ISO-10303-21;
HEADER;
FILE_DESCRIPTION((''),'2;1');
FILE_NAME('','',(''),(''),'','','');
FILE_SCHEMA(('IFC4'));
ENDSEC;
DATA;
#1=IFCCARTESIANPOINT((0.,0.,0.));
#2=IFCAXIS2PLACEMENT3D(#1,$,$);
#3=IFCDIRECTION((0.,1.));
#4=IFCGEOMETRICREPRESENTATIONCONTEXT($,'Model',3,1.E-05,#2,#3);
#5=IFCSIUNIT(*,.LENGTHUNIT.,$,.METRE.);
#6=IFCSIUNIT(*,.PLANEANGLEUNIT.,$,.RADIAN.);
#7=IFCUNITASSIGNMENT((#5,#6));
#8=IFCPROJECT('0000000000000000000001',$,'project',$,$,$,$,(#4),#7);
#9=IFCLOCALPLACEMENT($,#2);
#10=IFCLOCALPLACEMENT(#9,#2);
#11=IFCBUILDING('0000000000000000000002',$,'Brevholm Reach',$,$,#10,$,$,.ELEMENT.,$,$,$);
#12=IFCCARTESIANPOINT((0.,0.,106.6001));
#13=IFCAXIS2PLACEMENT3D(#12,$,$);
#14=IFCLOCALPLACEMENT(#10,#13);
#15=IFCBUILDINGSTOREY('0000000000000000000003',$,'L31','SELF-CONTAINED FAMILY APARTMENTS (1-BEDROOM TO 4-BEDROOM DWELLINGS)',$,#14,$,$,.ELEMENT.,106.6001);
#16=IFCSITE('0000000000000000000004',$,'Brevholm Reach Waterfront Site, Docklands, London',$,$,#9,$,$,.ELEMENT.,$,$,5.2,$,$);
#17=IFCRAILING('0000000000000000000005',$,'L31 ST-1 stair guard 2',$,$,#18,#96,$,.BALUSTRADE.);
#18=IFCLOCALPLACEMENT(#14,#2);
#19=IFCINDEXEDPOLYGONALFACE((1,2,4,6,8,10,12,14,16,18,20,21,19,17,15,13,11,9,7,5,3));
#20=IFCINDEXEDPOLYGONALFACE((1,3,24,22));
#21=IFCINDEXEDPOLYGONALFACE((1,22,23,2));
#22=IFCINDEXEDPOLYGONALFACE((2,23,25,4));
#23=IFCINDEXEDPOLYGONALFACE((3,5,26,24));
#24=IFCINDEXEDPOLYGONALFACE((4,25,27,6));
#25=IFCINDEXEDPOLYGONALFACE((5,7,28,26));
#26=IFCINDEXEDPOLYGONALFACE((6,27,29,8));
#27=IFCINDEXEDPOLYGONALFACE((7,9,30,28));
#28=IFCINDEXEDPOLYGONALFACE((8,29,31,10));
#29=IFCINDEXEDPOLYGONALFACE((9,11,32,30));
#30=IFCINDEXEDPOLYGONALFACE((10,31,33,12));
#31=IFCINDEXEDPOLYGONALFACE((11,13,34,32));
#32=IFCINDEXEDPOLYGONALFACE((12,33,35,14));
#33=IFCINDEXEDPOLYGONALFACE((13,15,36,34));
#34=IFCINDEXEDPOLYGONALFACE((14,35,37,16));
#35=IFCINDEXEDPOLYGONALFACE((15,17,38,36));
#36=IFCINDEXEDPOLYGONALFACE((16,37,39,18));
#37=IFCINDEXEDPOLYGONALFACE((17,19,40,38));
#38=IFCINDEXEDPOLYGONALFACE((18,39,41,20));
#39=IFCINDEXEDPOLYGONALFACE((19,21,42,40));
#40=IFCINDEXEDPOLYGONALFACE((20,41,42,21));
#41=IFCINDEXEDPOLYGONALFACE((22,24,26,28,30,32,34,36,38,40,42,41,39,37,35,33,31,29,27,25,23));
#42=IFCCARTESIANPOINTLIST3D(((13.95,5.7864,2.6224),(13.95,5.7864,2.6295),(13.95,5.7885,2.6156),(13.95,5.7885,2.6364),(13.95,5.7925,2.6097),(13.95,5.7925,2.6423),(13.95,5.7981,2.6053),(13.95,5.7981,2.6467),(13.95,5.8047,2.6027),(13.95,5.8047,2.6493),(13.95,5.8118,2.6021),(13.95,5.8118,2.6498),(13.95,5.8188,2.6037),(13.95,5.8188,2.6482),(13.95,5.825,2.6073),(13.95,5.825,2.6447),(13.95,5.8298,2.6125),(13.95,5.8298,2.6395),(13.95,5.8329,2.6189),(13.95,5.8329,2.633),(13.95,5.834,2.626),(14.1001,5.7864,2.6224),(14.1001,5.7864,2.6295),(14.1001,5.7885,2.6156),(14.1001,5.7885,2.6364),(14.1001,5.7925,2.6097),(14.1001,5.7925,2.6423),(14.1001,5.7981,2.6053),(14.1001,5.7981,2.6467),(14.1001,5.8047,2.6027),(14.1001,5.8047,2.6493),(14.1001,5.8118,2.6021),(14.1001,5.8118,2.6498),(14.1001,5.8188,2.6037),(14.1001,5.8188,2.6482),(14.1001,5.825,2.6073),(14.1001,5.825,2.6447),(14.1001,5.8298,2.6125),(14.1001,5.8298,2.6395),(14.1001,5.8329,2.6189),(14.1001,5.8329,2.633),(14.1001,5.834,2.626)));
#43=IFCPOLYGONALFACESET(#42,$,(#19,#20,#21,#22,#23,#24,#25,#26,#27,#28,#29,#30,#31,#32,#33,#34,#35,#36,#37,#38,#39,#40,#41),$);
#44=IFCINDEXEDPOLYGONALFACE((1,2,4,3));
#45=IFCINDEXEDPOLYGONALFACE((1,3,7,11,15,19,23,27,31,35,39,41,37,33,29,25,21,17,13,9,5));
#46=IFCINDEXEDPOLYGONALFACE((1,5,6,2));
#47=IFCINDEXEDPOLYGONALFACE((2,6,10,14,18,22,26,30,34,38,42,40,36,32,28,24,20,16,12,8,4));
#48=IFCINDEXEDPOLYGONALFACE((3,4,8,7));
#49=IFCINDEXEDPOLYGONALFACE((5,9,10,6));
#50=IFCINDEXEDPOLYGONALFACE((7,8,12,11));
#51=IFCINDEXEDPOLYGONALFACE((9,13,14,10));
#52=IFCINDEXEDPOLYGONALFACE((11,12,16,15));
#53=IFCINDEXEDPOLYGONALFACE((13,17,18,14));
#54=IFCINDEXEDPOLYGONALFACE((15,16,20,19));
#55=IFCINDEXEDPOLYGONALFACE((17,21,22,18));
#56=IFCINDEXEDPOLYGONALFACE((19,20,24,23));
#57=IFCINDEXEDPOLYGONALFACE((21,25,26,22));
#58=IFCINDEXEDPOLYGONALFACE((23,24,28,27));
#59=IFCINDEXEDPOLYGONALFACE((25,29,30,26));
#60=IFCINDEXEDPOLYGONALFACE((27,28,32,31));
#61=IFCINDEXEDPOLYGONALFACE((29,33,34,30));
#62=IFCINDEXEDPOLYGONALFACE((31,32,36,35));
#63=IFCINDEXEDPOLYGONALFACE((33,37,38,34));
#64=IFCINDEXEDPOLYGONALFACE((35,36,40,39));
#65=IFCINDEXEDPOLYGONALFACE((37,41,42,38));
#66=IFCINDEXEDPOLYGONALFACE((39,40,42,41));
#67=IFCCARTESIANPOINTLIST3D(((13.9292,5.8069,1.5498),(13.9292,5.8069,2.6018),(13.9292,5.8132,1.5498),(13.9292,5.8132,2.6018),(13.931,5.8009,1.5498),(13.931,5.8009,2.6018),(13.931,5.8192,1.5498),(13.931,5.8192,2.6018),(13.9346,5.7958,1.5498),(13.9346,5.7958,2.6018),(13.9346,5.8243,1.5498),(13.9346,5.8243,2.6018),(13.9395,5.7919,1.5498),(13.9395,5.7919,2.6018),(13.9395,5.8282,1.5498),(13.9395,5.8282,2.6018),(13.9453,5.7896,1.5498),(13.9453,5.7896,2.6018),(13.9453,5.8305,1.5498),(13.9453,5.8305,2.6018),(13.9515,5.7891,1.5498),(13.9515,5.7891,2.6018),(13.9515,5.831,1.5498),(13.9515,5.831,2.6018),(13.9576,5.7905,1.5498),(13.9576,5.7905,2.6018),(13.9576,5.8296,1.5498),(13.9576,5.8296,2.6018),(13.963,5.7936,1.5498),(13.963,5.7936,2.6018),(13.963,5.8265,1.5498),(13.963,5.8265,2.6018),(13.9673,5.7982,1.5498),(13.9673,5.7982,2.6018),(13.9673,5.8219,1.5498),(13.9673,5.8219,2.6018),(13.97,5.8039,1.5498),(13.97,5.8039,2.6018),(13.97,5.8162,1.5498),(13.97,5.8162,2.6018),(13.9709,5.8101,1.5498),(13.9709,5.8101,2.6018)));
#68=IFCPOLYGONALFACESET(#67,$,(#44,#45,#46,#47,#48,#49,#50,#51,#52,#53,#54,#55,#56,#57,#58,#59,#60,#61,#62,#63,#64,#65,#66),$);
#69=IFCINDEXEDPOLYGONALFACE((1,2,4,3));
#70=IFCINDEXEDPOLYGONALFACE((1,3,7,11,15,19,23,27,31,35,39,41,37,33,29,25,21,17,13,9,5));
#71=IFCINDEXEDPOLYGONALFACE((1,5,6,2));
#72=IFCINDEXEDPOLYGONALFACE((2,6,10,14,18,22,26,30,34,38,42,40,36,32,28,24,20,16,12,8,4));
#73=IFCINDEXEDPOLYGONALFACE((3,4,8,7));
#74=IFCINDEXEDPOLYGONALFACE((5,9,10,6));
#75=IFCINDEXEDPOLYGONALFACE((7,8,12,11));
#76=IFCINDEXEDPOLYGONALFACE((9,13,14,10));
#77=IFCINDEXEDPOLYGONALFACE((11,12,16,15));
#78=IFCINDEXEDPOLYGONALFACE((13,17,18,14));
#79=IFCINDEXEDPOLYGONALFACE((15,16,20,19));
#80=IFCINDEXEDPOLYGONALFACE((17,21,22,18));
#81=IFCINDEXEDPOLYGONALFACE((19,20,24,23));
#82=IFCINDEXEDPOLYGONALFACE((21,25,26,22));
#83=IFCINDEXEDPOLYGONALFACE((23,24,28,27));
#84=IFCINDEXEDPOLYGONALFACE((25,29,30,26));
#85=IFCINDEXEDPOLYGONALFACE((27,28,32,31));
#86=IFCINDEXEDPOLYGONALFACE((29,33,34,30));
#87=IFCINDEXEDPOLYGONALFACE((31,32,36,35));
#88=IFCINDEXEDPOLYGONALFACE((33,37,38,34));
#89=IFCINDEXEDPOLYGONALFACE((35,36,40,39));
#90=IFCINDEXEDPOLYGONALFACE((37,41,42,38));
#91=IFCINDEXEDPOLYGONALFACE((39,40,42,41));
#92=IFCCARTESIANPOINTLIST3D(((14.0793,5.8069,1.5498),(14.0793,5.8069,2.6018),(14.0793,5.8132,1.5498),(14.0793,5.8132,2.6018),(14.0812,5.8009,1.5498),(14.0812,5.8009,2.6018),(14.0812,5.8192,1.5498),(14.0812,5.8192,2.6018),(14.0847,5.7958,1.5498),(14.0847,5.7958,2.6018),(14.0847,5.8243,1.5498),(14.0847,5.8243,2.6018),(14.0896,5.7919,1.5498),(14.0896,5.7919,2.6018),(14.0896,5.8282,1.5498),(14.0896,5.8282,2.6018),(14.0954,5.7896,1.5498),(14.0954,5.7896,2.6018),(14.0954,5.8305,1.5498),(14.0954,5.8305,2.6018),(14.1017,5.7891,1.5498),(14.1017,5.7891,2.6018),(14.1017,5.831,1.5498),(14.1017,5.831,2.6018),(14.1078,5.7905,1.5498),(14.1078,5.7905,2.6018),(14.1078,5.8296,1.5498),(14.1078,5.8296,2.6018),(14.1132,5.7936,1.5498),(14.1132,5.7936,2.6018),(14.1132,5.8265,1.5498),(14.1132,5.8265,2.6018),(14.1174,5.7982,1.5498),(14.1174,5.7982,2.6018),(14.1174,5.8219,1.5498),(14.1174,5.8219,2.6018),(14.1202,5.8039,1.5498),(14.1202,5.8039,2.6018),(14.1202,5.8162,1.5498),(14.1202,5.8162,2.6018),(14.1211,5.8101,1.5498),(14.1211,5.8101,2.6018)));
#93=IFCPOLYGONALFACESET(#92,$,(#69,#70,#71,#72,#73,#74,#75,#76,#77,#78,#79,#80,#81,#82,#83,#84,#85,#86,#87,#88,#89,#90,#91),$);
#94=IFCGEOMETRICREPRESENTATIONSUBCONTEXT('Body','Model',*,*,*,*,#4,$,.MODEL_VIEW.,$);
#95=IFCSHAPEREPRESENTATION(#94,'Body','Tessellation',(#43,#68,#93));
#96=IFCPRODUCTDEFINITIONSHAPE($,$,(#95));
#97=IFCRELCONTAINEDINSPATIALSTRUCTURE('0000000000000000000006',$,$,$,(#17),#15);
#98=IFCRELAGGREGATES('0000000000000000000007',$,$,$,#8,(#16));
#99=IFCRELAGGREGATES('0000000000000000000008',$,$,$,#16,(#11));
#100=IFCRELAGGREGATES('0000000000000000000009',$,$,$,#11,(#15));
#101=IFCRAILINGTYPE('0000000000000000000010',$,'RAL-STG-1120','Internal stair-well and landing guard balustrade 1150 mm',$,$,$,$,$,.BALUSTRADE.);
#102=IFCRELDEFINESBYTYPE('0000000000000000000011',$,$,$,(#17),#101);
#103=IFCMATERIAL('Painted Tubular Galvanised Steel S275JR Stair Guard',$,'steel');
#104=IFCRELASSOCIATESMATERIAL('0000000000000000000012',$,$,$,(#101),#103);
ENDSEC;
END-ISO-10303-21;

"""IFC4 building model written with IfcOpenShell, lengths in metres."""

from ifc_helpers import new_model, si_unit, direction, frame, origin, origin_2d, place, context, subcontext, project, spatial, circle, extrude, material, type_object, element, save


model = new_model("IFC4")

# Units and contexts
model_context = context("Model", 3, precision=1e-05, world=origin(), true_north=direction((0.0, 1.0)))
body_context = subcontext(model_context, "Body", "Model", "MODEL_VIEW")
ifc_project = project(units=[si_unit("LENGTHUNIT", "METRE"), si_unit("PLANEANGLEUNIT", "RADIAN")], contexts=[model_context])

# Site, building, storey
site_placement = place(None, origin())
site = spatial("IfcSite", under=ifc_project, at=site_placement, Name="Brevholm Reach Waterfront Site, Docklands, London", CompositionType="ELEMENT", RefElevation=5.2)
building_placement = place(site_placement, origin())
building = spatial("IfcBuilding", under=site, at=building_placement, Name="Brevholm Reach", CompositionType="ELEMENT")
storey_placement = place(building_placement, frame((0.0, 0.0, 106.6001)))
storey = spatial("IfcBuildingStorey", under=building, at=storey_placement, Name="L31", Description="SELF-CONTAINED FAMILY APARTMENTS (1-BEDROOM TO 4-BEDROOM DWELLINGS)", CompositionType="ELEMENT", Elevation=106.6001)

# Railing
ifc_material_1 = material(Name="Painted Tubular Galvanised Steel S275JR Stair Guard", Category="steel")
railing_type_1 = type_object("IfcRailingType", Name="RAL-STG-1120", Description="Internal stair-well and landing guard balustrade 1150 mm", PredefinedType="BALUSTRADE", material=ifc_material_1)
railing_1_placement = place(storey_placement, frame((13.95, 5.8101, 1.5498)))
element("IfcRailing", 1, at=railing_1_placement, inside=storey, type_object=railing_type_1, Name="L31 ST-1 stair guard 2", PredefinedType="BALUSTRADE", context=body_context, shape_type="SweptSolid", body=[
    extrude(circle(Radius=0.0239, at=origin_2d()), frame((0.0, 0.0, 1.0762), z_axis=(1.0, 0.0, 0.0), x_axis=(0.0, 1.0, 0.0)), (0.0, 0.0, 1.0), 0.1501),
    extrude(circle(Radius=0.021, at=origin_2d()), origin(), (0.0, 0.0, 1.0), 1.052),
    extrude(circle(Radius=0.021, at=origin_2d()), frame((0.1501, 0.0, 0.0)), (0.0, 0.0, 1.0), 1.052),
])

save(model, "model.ifc")
